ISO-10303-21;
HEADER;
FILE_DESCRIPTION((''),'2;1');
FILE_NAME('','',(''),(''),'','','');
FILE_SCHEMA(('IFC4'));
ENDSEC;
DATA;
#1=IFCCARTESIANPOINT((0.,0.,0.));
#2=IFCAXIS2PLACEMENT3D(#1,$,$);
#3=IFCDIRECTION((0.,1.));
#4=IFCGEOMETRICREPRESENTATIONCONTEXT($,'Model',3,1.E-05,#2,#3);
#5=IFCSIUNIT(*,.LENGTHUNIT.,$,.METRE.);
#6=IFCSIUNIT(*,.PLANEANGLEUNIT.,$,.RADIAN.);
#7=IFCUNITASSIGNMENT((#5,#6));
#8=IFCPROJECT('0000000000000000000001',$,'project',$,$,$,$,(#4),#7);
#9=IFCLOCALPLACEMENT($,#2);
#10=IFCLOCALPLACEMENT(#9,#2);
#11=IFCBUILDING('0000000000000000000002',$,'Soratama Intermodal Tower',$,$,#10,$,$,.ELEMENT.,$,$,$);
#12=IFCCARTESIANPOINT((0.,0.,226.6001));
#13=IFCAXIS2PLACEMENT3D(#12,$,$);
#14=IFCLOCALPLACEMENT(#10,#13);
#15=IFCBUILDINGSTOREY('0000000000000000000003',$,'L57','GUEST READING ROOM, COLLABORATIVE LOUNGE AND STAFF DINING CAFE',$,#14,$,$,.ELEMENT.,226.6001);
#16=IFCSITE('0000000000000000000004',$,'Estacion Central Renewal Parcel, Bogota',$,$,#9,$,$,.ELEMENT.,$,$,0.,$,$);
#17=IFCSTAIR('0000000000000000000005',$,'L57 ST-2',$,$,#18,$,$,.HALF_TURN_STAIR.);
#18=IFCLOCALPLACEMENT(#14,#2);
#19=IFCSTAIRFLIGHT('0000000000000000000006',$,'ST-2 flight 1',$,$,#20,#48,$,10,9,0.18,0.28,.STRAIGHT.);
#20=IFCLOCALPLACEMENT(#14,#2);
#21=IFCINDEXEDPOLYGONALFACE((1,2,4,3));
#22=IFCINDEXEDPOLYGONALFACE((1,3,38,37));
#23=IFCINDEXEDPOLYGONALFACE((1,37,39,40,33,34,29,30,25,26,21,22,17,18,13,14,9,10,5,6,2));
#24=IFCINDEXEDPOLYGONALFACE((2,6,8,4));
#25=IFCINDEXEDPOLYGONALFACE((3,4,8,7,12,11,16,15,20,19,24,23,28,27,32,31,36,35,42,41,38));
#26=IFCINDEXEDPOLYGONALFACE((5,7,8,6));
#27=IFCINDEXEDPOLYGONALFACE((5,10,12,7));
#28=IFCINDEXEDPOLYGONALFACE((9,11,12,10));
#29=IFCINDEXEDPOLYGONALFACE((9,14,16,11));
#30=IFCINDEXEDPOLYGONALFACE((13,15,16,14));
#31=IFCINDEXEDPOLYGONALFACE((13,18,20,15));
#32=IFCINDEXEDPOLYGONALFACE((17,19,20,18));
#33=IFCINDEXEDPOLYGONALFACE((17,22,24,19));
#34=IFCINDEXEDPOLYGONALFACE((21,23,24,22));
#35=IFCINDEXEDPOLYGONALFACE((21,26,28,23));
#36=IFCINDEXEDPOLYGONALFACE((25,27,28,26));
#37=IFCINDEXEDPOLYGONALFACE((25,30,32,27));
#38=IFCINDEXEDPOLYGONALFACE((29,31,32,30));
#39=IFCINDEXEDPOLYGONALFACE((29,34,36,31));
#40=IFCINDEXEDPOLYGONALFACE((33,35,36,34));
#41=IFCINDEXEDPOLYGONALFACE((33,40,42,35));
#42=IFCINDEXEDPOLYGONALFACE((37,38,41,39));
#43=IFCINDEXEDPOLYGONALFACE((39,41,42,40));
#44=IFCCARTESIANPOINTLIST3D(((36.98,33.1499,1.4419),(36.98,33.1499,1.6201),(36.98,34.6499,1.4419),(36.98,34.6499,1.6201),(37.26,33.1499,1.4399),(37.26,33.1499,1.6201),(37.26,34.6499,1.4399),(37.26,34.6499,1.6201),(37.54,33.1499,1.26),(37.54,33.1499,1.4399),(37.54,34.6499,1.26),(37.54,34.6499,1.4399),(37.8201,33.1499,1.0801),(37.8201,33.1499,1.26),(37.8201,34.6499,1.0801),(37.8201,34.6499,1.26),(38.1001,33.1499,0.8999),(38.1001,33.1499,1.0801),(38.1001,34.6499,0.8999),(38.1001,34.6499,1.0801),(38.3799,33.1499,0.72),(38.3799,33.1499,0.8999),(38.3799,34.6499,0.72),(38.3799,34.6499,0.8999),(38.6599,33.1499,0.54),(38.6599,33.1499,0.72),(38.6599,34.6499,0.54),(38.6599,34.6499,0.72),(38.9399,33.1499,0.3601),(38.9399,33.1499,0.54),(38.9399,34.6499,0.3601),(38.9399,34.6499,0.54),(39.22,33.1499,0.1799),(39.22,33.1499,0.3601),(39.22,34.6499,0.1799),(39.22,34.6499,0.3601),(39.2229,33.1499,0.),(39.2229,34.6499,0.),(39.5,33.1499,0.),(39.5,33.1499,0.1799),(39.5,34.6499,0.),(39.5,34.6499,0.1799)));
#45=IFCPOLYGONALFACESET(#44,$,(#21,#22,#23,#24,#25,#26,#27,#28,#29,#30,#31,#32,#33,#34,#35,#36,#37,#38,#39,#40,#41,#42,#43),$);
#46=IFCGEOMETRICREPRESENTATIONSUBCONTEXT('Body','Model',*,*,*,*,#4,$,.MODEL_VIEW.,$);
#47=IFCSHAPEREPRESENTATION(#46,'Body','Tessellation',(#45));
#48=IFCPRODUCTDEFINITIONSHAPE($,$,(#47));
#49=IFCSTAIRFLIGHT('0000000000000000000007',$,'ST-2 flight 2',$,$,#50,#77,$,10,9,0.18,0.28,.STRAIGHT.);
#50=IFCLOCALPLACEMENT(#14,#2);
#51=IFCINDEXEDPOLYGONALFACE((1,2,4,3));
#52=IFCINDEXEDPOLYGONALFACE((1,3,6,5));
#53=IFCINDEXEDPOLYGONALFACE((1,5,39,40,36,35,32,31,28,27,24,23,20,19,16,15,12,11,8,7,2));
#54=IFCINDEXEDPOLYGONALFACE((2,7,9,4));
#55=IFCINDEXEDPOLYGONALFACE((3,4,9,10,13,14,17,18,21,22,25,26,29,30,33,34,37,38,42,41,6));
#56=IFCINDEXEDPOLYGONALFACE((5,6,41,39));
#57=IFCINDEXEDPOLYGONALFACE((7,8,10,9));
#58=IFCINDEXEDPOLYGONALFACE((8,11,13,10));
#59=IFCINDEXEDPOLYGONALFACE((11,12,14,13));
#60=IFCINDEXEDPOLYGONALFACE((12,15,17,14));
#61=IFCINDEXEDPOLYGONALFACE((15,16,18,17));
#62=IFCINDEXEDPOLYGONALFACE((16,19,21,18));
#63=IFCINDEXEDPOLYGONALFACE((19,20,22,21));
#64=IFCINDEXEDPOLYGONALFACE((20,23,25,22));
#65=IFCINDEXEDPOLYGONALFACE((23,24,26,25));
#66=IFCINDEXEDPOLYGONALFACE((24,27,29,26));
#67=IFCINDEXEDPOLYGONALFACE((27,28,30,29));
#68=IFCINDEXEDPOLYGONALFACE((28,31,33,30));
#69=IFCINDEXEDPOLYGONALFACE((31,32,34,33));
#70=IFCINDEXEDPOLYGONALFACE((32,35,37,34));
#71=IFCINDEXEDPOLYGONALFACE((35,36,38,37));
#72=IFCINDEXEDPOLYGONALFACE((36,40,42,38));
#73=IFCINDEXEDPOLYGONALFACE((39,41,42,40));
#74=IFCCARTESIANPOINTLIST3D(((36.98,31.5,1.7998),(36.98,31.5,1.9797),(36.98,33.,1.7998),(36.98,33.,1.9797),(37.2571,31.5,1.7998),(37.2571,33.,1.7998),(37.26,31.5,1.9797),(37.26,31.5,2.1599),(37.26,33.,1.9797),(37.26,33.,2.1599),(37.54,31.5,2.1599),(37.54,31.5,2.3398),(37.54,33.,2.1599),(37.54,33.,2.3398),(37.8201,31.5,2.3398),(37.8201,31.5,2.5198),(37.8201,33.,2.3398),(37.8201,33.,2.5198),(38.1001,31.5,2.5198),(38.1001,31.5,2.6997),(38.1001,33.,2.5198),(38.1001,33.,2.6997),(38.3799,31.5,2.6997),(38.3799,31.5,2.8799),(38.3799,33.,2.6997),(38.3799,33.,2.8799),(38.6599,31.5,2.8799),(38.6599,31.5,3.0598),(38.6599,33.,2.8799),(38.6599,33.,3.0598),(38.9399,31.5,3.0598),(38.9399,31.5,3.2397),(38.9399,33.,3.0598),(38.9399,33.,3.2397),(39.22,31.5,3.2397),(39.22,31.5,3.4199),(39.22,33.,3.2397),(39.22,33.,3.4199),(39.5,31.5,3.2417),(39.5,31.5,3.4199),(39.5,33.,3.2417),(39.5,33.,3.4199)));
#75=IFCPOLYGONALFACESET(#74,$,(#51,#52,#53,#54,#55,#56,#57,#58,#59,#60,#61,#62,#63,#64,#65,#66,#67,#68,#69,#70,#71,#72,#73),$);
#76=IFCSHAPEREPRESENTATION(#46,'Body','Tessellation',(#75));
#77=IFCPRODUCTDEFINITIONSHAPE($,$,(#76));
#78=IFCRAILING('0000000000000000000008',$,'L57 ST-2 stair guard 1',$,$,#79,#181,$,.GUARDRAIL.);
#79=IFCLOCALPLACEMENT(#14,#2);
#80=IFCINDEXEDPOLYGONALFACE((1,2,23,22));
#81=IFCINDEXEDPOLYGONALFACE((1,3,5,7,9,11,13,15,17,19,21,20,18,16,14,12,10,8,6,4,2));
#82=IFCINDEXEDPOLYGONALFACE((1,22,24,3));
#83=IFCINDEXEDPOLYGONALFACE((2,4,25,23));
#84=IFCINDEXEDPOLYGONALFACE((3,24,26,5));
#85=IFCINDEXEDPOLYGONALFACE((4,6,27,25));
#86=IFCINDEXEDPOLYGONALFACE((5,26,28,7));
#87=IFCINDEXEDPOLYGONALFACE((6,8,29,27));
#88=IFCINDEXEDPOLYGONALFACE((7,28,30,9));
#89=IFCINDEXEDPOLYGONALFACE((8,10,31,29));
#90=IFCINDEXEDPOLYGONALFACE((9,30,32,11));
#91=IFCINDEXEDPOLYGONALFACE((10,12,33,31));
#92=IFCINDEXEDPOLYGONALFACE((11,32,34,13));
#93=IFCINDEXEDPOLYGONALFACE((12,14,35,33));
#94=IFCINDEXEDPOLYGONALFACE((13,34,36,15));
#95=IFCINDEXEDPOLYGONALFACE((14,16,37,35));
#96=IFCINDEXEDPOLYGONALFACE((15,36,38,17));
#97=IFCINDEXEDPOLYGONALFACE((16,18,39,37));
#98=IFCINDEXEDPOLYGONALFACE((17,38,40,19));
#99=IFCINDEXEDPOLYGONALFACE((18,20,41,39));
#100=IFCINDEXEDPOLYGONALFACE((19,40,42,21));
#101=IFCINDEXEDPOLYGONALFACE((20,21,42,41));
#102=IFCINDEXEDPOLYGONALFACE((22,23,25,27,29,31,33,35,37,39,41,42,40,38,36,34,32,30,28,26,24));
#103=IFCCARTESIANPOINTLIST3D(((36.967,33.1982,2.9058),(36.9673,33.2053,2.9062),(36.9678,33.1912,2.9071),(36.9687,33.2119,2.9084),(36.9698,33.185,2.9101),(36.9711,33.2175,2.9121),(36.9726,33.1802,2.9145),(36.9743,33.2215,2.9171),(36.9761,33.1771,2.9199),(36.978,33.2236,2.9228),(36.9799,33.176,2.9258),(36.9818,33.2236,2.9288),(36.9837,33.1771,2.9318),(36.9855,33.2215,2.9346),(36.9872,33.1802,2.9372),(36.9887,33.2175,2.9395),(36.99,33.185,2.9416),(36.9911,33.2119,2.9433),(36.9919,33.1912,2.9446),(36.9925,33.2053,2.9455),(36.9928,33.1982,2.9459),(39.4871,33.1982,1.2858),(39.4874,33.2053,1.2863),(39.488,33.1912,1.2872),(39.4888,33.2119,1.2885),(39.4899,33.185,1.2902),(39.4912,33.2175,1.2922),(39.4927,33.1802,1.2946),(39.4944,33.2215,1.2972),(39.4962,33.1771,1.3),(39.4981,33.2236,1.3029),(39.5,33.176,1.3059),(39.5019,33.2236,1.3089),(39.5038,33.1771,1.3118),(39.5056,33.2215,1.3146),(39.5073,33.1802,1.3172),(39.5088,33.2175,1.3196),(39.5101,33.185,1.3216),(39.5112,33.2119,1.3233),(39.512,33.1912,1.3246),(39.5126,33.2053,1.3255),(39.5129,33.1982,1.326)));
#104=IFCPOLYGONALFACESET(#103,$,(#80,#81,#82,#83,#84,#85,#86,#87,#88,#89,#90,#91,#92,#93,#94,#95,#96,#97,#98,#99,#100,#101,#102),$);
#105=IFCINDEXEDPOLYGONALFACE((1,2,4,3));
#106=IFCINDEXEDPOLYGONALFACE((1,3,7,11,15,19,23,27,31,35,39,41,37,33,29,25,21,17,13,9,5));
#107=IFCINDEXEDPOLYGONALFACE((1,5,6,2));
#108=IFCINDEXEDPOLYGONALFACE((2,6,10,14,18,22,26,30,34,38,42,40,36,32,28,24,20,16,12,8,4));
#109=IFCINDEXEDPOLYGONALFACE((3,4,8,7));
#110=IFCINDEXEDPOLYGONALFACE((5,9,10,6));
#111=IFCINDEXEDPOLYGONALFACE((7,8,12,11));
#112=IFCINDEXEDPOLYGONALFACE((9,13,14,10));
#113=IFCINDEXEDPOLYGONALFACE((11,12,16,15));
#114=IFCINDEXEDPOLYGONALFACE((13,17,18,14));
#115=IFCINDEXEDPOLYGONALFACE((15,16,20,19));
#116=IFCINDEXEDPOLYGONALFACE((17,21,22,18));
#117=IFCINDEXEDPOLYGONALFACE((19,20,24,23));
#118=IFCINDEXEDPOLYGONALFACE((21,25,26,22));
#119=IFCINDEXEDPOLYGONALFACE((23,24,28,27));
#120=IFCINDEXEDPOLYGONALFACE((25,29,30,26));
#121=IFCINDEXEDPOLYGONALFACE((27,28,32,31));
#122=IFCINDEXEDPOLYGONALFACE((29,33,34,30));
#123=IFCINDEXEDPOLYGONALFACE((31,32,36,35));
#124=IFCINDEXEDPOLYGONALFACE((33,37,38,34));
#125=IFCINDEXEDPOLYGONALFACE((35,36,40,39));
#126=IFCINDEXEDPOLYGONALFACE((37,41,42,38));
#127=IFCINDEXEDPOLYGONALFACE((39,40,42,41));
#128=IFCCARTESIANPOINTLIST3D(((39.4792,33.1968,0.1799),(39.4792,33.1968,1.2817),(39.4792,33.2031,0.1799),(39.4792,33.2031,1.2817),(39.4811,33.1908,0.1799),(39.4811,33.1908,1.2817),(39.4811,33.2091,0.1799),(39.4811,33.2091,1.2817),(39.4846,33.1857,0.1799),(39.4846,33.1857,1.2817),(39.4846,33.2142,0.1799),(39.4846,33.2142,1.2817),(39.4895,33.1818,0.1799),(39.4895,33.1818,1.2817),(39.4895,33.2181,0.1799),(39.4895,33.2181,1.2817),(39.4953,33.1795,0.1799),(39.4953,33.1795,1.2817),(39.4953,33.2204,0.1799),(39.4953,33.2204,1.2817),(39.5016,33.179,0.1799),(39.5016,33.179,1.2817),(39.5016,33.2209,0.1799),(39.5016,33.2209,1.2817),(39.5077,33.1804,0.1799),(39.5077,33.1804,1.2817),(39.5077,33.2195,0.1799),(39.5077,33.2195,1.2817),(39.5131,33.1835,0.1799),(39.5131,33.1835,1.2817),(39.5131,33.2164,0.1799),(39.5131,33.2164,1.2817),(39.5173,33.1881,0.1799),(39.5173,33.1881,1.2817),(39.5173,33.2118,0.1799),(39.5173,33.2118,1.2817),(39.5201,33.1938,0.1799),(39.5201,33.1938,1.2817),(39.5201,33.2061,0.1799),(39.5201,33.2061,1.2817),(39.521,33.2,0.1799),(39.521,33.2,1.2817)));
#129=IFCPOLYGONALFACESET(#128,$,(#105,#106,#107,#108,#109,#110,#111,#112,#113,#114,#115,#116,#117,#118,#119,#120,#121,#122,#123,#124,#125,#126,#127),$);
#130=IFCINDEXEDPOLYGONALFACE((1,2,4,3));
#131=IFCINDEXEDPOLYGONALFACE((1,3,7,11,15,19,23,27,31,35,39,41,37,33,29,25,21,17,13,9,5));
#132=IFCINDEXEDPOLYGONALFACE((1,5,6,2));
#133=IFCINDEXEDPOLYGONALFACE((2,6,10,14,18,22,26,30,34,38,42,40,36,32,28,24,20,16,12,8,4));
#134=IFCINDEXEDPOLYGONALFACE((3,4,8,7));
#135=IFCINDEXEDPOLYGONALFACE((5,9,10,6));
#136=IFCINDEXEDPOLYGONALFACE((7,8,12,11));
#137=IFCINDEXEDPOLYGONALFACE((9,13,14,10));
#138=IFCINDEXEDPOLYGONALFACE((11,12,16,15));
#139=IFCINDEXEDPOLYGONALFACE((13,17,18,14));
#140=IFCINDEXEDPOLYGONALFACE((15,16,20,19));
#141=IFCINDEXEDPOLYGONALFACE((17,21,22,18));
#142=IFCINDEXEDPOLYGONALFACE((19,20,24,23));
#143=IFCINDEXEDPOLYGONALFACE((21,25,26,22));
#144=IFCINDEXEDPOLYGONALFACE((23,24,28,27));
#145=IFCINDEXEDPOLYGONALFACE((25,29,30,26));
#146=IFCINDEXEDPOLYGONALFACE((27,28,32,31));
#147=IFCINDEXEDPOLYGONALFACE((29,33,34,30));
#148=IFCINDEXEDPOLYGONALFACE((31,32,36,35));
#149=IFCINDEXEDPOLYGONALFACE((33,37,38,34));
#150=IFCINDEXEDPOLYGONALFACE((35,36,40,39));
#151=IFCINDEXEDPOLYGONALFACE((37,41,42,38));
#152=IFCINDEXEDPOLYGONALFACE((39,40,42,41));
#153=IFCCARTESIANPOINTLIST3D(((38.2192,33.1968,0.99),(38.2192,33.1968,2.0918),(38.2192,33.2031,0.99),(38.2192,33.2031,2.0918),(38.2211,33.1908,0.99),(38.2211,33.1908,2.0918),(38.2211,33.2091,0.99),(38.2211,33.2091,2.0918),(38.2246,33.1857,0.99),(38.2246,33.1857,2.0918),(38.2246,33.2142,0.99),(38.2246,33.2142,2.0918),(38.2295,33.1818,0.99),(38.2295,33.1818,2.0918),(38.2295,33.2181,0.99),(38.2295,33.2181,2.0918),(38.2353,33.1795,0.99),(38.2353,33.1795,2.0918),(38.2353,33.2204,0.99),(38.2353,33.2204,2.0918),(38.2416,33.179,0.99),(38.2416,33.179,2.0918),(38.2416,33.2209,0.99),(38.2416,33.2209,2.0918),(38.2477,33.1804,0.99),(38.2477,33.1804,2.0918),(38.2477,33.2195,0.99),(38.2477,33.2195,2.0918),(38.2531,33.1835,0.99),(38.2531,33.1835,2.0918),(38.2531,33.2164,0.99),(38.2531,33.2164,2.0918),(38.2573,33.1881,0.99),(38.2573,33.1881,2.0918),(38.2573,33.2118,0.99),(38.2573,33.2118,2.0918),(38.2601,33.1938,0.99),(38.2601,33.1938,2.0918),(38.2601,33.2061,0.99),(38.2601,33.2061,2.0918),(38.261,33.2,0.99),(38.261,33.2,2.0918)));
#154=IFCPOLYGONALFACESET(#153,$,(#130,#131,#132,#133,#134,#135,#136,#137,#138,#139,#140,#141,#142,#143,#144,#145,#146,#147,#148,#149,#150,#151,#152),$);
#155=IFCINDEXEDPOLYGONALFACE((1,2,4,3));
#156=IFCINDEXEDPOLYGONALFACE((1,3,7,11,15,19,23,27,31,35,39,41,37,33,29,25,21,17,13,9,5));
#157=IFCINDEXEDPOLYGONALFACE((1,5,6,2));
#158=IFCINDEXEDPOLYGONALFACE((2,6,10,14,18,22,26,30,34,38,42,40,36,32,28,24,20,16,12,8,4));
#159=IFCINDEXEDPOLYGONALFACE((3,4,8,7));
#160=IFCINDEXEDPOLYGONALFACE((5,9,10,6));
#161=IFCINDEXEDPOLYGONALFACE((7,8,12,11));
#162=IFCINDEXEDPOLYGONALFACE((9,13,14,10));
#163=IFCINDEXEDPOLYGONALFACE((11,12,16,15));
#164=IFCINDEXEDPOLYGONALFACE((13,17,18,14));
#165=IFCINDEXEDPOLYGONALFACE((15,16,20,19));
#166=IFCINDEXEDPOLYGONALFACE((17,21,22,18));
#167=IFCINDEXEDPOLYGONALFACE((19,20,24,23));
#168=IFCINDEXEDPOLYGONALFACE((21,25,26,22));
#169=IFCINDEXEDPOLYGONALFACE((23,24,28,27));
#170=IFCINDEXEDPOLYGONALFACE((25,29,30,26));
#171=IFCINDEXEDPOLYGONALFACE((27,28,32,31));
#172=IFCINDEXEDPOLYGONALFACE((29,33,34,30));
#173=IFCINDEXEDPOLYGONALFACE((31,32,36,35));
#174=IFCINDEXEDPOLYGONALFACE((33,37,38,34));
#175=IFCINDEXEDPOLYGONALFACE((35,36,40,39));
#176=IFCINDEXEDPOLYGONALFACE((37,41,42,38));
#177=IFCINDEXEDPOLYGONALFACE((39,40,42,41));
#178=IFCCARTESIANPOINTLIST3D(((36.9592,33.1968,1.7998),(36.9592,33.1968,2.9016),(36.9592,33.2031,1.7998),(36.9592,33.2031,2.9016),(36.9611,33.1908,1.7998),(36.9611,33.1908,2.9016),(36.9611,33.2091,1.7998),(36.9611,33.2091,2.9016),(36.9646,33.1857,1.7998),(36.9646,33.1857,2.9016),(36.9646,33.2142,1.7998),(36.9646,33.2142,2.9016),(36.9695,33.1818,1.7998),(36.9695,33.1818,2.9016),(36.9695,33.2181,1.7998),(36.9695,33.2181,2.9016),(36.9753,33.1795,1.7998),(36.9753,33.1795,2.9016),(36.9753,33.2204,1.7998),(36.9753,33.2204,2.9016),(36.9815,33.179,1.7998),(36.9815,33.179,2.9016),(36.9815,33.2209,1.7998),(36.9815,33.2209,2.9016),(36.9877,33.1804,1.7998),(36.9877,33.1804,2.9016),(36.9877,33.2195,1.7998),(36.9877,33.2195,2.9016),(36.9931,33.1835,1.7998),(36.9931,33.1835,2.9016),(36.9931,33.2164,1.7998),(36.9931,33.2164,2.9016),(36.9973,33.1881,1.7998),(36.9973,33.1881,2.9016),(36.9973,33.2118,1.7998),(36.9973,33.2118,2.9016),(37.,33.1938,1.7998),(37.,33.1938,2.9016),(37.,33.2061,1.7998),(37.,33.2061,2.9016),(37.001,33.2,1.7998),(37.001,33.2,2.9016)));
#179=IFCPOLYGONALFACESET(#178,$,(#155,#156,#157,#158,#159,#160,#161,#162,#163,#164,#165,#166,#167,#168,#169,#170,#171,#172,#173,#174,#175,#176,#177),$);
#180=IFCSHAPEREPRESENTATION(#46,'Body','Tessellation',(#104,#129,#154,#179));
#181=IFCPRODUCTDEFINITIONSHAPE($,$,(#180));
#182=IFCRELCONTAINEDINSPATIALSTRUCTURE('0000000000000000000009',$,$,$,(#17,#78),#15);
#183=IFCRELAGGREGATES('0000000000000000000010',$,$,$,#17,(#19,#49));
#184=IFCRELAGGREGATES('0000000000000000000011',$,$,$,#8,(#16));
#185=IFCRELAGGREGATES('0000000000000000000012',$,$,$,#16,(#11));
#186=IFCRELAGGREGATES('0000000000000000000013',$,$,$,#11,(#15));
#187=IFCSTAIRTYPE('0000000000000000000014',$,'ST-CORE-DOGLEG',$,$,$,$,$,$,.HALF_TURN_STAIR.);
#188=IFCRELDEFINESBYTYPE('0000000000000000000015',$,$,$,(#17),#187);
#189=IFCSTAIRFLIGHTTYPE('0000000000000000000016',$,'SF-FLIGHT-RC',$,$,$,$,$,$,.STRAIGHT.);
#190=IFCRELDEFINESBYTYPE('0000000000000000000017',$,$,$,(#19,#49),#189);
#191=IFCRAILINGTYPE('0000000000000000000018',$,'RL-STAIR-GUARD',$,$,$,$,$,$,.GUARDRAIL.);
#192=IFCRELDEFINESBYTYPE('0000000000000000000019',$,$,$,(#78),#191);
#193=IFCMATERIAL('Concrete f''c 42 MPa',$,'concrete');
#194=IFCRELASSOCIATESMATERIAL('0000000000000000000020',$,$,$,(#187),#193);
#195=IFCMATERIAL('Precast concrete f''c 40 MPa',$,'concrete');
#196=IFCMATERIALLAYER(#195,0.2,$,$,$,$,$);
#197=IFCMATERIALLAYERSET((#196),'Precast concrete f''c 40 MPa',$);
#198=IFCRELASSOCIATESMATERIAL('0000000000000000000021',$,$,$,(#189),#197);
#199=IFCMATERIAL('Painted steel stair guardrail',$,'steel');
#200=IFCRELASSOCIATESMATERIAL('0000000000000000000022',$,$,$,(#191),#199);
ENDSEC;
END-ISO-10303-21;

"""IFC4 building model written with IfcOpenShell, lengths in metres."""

from ifc_helpers import new_model, si_unit, direction, frame, origin, origin_2d, place, context, subcontext, project, spatial, polyline, circle, outline, extrude, material, layer, layer_set, type_object, element, aggregate, save


model = new_model("IFC4")

# Units and contexts
model_context = context("Model", 3, precision=1e-05, world=origin(), true_north=direction((0.0, 1.0)))
body_context = subcontext(model_context, "Body", "Model", "MODEL_VIEW")
ifc_project = project(units=[si_unit("LENGTHUNIT", "METRE"), si_unit("PLANEANGLEUNIT", "RADIAN")], contexts=[model_context])

# Site, building, storey
site_placement = place(None, origin())
site = spatial("IfcSite", under=ifc_project, at=site_placement, Name="Estacion Central Renewal Parcel, Bogota", CompositionType="ELEMENT", RefElevation=0.0)
building_placement = place(site_placement, origin())
building = spatial("IfcBuilding", under=site, at=building_placement, Name="Soratama Intermodal Tower", CompositionType="ELEMENT")
storey_placement = place(building_placement, frame((0.0, 0.0, 226.6001)))
storey = spatial("IfcBuildingStorey", under=building, at=storey_placement, Name="L57", Description="GUEST READING ROOM, COLLABORATIVE LOUNGE AND STAFF DINING CAFE", CompositionType="ELEMENT", Elevation=226.6001)

# Stair, stair flights
ifc_material_1 = material(Name="Concrete f'c 42 MPa", Category="concrete")
stair_type = type_object("IfcStairType", Name="ST-CORE-DOGLEG", PredefinedType="HALF_TURN_STAIR", material=ifc_material_1)
stair_placement = place(storey_placement, origin())
stair = element("IfcStair", 1, at=stair_placement, inside=storey, type_object=stair_type, Name="L57 ST-2", PredefinedType="HALF_TURN_STAIR")
ifc_material_2 = material(Name="Precast concrete f'c 40 MPa", Category="concrete")
ifc_layer_1 = layer(ifc_material_2, 0.2)
ifc_layer_set_1 = layer_set([ifc_layer_1], Name="Precast concrete f'c 40 MPa")
stair_flight_type = type_object("IfcStairFlightType", Name="SF-FLIGHT-RC", PredefinedType="STRAIGHT", material=ifc_layer_set_1)
stair_flight_1_placement = place(storey_placement, frame((39.5, 33.8999, 0.0), z_axis=(0.0, 0.0, 1.0), x_axis=(-1.0, 0.0, 0.0)))
stair_flight_1 = element("IfcStairFlight", 2, at=stair_flight_1_placement, type_object=stair_flight_type, Name="ST-2 flight 1", NumberOfRisers=10, NumberOfTreads=9, PredefinedType="STRAIGHT", RiserHeight=0.18, TreadLength=0.28, context=body_context, shape_type="SweptSolid", body=[
    extrude(outline(polyline([(0.0, 0.0), (0.0, 0.1799), (0.28, 0.1799), (0.28, 0.3601), (0.5601, 0.3601), (0.5601, 0.54), (0.8401, 0.54), (0.8401, 0.72), (1.1201, 0.72), (1.1201, 0.8999), (1.3999, 0.8999), (1.3999, 1.0801), (1.6799, 1.0801), (1.6799, 1.26), (1.96, 1.26), (1.96, 1.4399), (2.24, 1.4399), (2.24, 1.6201), (2.52, 1.6201), (2.52, 1.8), (2.52, 1.4419), (0.2771, 0.0), (0.0, 0.0)])), frame((0.0, 0.75, 0.0), z_axis=(0.0, -1.0, 0.0), x_axis=(1.0, 0.0, 0.0)), (0.0, 0.0, 1.0), 1.5),
])
stair_flight_2_placement = place(storey_placement, frame((36.98, 32.25, 1.7998), z_axis=(0.0, 0.0, 1.0), x_axis=(1.0, 0.0, 0.0)))
stair_flight_2 = element("IfcStairFlight", 3, at=stair_flight_2_placement, type_object=stair_flight_type, Name="ST-2 flight 2", NumberOfRisers=10, NumberOfTreads=9, PredefinedType="STRAIGHT", RiserHeight=0.18, TreadLength=0.28, context=body_context, shape_type="SweptSolid", body=[
    extrude(outline(polyline([(0.0, 0.0), (0.0, 0.1799), (0.28, 0.1799), (0.28, 0.3601), (0.5601, 0.3601), (0.5601, 0.54), (0.8401, 0.54), (0.8401, 0.72), (1.1201, 0.72), (1.1201, 0.8999), (1.3999, 0.8999), (1.3999, 1.0801), (1.6799, 1.0801), (1.6799, 1.26), (1.96, 1.26), (1.96, 1.4399), (2.24, 1.4399), (2.24, 1.6201), (2.52, 1.6201), (2.52, 1.8), (2.52, 1.4419), (0.2771, 0.0), (0.0, 0.0)])), frame((0.0, 0.75, 0.0), z_axis=(0.0, -1.0, 0.0), x_axis=(1.0, 0.0, 0.0)), (0.0, 0.0, 1.0), 1.5),
])
aggregate(stair, [stair_flight_1, stair_flight_2])

# Railing
ifc_material_3 = material(Name="Painted steel stair guardrail", Category="steel")
railing_type_1 = type_object("IfcRailingType", Name="RL-STAIR-GUARD", PredefinedType="GUARDRAIL", material=ifc_material_3)
railing_1_placement = place(storey_placement, frame((39.5, 33.2, 0.1799)))
element("IfcRailing", 4, at=railing_1_placement, inside=storey, type_object=railing_type_1, Name="L57 ST-2 stair guard 1", PredefinedType="GUARDRAIL", context=body_context, shape_type="SweptSolid", body=[
    extrude(circle(Radius=0.0239, at=origin_2d()), frame((0.0, 0.0, 1.126), z_axis=(-0.8412, 0.0, 0.540725), x_axis=(0.0, -1.0, 0.0)), (0.0, 0.0, 1.0), 2.9958),
    extrude(circle(Radius=0.021, at=origin_2d()), origin(), (0.0, 0.0, 1.0), 1.1018),
    extrude(circle(Radius=0.021, at=origin_2d()), frame((-1.26, 0.0, 0.8101)), (0.0, 0.0, 1.0), 1.1018),
    extrude(circle(Radius=0.021, at=origin_2d()), frame((-2.52, 0.0, 1.6199)), (0.0, 0.0, 1.0), 1.1018),
])

save(model, "model.ifc")
